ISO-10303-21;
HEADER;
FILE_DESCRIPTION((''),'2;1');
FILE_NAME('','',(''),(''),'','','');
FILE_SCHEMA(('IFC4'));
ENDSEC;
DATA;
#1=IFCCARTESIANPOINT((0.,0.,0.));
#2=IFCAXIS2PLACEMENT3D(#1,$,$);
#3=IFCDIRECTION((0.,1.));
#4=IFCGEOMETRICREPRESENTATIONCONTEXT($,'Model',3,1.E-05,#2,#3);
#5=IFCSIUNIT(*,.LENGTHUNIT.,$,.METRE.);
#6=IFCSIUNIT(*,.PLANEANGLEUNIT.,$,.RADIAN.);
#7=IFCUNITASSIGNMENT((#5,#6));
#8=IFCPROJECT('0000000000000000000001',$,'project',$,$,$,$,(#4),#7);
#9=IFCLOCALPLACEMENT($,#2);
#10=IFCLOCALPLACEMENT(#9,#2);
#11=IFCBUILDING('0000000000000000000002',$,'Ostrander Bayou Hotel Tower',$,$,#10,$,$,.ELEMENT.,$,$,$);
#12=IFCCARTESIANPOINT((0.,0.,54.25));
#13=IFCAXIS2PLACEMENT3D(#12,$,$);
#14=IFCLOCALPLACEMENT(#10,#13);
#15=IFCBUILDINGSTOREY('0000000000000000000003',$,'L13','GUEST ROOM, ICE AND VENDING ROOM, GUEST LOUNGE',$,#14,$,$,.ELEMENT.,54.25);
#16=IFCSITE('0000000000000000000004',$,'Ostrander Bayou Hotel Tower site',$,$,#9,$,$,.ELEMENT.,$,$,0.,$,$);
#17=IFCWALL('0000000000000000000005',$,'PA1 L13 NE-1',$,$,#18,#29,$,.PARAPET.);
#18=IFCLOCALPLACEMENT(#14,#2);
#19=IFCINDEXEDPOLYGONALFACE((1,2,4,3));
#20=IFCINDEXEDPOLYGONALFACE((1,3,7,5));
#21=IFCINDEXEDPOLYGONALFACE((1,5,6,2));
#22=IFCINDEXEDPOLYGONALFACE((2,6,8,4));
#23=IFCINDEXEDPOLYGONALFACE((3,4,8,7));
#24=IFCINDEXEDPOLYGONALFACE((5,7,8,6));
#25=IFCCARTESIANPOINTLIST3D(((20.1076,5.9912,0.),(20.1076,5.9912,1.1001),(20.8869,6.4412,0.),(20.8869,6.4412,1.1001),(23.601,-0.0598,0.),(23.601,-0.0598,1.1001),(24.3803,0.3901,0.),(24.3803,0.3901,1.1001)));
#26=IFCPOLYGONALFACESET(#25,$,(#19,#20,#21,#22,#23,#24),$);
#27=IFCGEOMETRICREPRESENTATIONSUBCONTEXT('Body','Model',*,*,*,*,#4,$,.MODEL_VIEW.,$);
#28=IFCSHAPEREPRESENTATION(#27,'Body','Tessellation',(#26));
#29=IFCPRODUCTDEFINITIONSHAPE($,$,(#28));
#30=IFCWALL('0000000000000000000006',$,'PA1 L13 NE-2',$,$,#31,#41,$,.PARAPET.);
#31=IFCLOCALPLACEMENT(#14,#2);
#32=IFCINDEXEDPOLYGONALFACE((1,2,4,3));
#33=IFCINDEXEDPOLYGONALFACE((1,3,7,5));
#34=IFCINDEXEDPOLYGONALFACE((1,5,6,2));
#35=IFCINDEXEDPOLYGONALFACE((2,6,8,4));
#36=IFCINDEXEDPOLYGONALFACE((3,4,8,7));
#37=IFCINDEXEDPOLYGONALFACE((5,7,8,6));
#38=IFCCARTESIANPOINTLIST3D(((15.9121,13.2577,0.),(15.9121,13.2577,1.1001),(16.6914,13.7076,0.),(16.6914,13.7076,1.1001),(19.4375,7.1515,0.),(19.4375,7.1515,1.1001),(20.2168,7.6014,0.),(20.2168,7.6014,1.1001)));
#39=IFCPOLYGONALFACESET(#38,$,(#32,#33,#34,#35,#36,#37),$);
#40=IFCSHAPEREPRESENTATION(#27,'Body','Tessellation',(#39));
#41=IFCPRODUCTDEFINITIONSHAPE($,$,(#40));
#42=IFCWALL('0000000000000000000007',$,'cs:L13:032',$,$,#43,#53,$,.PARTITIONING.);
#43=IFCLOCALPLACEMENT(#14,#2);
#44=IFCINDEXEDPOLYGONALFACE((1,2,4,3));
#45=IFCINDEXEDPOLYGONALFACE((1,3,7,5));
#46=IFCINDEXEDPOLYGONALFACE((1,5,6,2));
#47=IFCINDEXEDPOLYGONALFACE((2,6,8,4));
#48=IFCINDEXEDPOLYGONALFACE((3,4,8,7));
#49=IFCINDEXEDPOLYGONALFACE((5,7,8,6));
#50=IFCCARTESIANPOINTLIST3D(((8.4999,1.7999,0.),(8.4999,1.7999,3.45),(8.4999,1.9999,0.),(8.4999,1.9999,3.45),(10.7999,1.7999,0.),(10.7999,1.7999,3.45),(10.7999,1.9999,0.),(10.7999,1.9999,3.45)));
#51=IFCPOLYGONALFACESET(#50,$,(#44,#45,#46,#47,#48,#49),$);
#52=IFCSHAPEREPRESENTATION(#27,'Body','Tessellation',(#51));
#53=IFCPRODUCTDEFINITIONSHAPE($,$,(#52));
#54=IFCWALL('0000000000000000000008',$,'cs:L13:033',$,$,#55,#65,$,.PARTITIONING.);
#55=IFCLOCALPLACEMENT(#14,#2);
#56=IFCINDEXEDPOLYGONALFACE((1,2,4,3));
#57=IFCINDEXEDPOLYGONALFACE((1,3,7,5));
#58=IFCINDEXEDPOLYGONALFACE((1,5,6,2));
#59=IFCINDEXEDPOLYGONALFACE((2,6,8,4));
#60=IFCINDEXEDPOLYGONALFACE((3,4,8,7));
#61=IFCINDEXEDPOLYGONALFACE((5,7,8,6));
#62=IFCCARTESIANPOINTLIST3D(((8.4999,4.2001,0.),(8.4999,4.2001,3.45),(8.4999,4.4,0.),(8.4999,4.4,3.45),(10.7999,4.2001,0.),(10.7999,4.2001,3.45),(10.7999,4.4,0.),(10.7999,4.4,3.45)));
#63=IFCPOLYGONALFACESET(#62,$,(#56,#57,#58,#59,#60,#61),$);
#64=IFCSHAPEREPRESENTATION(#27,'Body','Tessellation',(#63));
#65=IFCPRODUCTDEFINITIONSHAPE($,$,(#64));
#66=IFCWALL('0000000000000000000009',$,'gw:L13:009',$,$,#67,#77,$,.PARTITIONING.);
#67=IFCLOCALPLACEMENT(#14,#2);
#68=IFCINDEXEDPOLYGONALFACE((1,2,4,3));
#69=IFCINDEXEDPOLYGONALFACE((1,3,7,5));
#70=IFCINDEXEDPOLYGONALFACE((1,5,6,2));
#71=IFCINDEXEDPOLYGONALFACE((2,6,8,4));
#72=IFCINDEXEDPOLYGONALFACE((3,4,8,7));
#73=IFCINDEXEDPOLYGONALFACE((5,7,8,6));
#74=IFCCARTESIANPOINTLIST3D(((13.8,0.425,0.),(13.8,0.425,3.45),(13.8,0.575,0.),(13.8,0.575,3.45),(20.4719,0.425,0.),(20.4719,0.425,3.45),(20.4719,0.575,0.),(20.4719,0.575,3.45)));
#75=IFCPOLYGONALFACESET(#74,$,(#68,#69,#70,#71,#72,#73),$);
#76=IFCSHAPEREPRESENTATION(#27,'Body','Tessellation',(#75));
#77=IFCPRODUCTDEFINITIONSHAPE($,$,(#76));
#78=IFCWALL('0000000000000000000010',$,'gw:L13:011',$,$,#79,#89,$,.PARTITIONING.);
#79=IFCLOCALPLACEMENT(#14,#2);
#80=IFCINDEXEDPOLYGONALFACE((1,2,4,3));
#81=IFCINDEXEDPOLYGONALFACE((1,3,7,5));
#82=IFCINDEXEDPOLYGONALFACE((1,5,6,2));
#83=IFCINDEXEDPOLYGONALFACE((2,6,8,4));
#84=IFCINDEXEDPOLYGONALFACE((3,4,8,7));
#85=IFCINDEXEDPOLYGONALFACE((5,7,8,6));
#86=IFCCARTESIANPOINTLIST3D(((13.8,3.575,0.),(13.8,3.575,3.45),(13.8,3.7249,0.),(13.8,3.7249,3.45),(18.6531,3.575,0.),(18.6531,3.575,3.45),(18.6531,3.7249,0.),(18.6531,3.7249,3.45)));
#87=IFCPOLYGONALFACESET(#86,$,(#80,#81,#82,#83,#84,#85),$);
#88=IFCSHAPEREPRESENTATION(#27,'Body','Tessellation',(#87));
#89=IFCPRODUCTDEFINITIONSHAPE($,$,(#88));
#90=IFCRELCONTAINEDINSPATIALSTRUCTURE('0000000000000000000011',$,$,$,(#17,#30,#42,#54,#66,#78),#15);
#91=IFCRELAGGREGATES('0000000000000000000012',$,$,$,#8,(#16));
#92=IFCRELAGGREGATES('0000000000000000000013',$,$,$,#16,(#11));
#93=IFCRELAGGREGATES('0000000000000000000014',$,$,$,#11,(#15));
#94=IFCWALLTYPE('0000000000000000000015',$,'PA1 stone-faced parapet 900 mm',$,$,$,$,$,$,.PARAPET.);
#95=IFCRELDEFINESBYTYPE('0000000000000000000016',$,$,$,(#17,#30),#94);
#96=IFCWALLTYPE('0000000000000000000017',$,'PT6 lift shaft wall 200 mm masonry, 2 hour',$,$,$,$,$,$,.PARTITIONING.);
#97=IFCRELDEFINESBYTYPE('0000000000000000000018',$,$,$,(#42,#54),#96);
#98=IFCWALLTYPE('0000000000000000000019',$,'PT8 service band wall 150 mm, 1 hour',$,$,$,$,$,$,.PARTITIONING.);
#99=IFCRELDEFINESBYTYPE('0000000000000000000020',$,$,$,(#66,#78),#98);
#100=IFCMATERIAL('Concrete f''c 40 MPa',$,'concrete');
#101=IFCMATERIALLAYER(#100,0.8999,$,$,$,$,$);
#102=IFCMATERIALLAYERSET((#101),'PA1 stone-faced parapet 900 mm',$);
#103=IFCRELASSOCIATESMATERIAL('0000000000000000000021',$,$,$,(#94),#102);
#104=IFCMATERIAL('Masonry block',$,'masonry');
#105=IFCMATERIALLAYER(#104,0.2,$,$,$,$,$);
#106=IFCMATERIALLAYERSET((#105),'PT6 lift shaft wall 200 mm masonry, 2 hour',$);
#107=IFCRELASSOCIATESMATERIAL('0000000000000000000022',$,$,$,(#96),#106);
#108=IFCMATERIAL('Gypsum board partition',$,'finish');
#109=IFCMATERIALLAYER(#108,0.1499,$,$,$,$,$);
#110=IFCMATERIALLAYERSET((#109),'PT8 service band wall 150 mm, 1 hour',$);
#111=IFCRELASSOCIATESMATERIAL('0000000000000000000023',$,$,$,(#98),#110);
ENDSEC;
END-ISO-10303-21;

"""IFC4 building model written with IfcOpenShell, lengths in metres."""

from ifc_helpers import new_model, si_unit, direction, frame, frame_2d, origin, place, context, subcontext, project, spatial, rectangle, extrude, material, layer, layer_set, type_object, element, save


model = new_model("IFC4")

# Units and contexts
model_context = context("Model", 3, precision=1e-05, world=origin(), true_north=direction((0.0, 1.0)))
body_context = subcontext(model_context, "Body", "Model", "MODEL_VIEW")
ifc_project = project(units=[si_unit("LENGTHUNIT", "METRE"), si_unit("PLANEANGLEUNIT", "RADIAN")], contexts=[model_context])

# Site, building, storey
site_placement = place(None, origin())
site = spatial("IfcSite", under=ifc_project, at=site_placement, Name="Ostrander Bayou Hotel Tower site", CompositionType="ELEMENT", RefElevation=0.0)
building_placement = place(site_placement, origin())
building = spatial("IfcBuilding", under=site, at=building_placement, Name="Ostrander Bayou Hotel Tower", CompositionType="ELEMENT")
storey_placement = place(building_placement, frame((0.0, 0.0, 54.25)))
storey = spatial("IfcBuildingStorey", under=building, at=storey_placement, Name="L13", Description="GUEST ROOM, ICE AND VENDING ROOM, GUEST LOUNGE", CompositionType="ELEMENT", Elevation=54.25)

# Walls
ifc_material_1 = material(Name="Concrete f'c 40 MPa", Category="concrete")
ifc_layer_1 = layer(ifc_material_1, 0.8999)
ifc_layer_set_1 = layer_set([ifc_layer_1], Name="PA1 stone-faced parapet 900 mm")
wall_type_1 = type_object("IfcWallType", Name="PA1 stone-faced parapet 900 mm", PredefinedType="PARAPET", material=ifc_layer_set_1)
wall_1_placement = place(storey_placement, frame((23.9907, 0.165, 0.0), z_axis=(0.0, 0.0, 1.0), x_axis=(-0.499984, 0.866035, 0.0)))
element("IfcWall", 1, at=wall_1_placement, inside=storey, type_object=wall_type_1, Name="PA1 L13 NE-1", PredefinedType="PARAPET", context=body_context, shape_type="SweptSolid", body=[
    extrude(rectangle(XDim=6.9871, YDim=0.8999, at=frame_2d((3.4937, 0.0))), origin(), (0.0, 0.0, 1.0), 1.1001),
])
wall_2_placement = place(storey_placement, frame((19.8271, 7.3765, 0.0), z_axis=(0.0, 0.0, 1.0), x_axis=(-0.499997, 0.866027, 0.0)))
element("IfcWall", 2, at=wall_2_placement, inside=storey, type_object=wall_type_1, Name="PA1 L13 NE-2", PredefinedType="PARAPET", context=body_context, shape_type="SweptSolid", body=[
    extrude(rectangle(XDim=7.0508, YDim=0.8999, at=frame_2d((3.5254, 0.0))), origin(), (0.0, 0.0, 1.0), 1.1001),
])
ifc_material_2 = material(Name="Masonry block", Category="masonry")
ifc_layer_2 = layer(ifc_material_2, 0.2)
ifc_layer_set_2 = layer_set([ifc_layer_2], Name="PT6 lift shaft wall 200 mm masonry, 2 hour")
wall_type_2 = type_object("IfcWallType", Name="PT6 lift shaft wall 200 mm masonry, 2 hour", PredefinedType="PARTITIONING", material=ifc_layer_set_2)
for number, where, z_axis, x_axis, name in (
    (3, (8.5, 1.8999, 0.0), (0.0, 0.0, 1.0), (1.0, 0.0, 0.0), "cs:L13:032"),
    (4, (8.5, 4.3, 0.0), (0.0, 0.0, 1.0), (1.0, 0.0, 0.0), "cs:L13:033"),
):
    element("IfcWall", number, at=place(storey_placement, frame(where, z_axis=z_axis, x_axis=x_axis)), inside=storey, type_object=wall_type_2, Name=name, PredefinedType="PARTITIONING", context=body_context, shape_type="SweptSolid", body=[
        extrude(rectangle(XDim=2.3, YDim=0.2, at=frame_2d((1.1499, 0.0))), origin(), (0.0, 0.0, 1.0), 3.45),
    ])
ifc_material_3 = material(Name="Gypsum board partition", Category="finish")
ifc_layer_3 = layer(ifc_material_3, 0.1499)
ifc_layer_set_3 = layer_set([ifc_layer_3], Name="PT8 service band wall 150 mm, 1 hour")
wall_type_3 = type_object("IfcWallType", Name="PT8 service band wall 150 mm, 1 hour", PredefinedType="PARTITIONING", material=ifc_layer_set_3)
wall_3_placement = place(storey_placement, frame((13.8, 0.5, 0.0), z_axis=(0.0, 0.0, 1.0), x_axis=(1.0, 0.0, 0.0)))
element("IfcWall", 5, at=wall_3_placement, inside=storey, type_object=wall_type_3, Name="gw:L13:009", PredefinedType="PARTITIONING", context=body_context, shape_type="SweptSolid", body=[
    extrude(rectangle(XDim=6.6719, YDim=0.1499, at=frame_2d((3.3359, 0.0))), origin(), (0.0, 0.0, 1.0), 3.45),
])
wall_4_placement = place(storey_placement, frame((13.8, 3.6499, 0.0), z_axis=(0.0, 0.0, 1.0), x_axis=(1.0, 0.0, 0.0)))
element("IfcWall", 6, at=wall_4_placement, inside=storey, type_object=wall_type_3, Name="gw:L13:011", PredefinedType="PARTITIONING", context=body_context, shape_type="SweptSolid", body=[
    extrude(rectangle(XDim=4.853, YDim=0.1499, at=frame_2d((2.4265, 0.0))), origin(), (0.0, 0.0, 1.0), 3.45),
])

save(model, "model.ifc")
